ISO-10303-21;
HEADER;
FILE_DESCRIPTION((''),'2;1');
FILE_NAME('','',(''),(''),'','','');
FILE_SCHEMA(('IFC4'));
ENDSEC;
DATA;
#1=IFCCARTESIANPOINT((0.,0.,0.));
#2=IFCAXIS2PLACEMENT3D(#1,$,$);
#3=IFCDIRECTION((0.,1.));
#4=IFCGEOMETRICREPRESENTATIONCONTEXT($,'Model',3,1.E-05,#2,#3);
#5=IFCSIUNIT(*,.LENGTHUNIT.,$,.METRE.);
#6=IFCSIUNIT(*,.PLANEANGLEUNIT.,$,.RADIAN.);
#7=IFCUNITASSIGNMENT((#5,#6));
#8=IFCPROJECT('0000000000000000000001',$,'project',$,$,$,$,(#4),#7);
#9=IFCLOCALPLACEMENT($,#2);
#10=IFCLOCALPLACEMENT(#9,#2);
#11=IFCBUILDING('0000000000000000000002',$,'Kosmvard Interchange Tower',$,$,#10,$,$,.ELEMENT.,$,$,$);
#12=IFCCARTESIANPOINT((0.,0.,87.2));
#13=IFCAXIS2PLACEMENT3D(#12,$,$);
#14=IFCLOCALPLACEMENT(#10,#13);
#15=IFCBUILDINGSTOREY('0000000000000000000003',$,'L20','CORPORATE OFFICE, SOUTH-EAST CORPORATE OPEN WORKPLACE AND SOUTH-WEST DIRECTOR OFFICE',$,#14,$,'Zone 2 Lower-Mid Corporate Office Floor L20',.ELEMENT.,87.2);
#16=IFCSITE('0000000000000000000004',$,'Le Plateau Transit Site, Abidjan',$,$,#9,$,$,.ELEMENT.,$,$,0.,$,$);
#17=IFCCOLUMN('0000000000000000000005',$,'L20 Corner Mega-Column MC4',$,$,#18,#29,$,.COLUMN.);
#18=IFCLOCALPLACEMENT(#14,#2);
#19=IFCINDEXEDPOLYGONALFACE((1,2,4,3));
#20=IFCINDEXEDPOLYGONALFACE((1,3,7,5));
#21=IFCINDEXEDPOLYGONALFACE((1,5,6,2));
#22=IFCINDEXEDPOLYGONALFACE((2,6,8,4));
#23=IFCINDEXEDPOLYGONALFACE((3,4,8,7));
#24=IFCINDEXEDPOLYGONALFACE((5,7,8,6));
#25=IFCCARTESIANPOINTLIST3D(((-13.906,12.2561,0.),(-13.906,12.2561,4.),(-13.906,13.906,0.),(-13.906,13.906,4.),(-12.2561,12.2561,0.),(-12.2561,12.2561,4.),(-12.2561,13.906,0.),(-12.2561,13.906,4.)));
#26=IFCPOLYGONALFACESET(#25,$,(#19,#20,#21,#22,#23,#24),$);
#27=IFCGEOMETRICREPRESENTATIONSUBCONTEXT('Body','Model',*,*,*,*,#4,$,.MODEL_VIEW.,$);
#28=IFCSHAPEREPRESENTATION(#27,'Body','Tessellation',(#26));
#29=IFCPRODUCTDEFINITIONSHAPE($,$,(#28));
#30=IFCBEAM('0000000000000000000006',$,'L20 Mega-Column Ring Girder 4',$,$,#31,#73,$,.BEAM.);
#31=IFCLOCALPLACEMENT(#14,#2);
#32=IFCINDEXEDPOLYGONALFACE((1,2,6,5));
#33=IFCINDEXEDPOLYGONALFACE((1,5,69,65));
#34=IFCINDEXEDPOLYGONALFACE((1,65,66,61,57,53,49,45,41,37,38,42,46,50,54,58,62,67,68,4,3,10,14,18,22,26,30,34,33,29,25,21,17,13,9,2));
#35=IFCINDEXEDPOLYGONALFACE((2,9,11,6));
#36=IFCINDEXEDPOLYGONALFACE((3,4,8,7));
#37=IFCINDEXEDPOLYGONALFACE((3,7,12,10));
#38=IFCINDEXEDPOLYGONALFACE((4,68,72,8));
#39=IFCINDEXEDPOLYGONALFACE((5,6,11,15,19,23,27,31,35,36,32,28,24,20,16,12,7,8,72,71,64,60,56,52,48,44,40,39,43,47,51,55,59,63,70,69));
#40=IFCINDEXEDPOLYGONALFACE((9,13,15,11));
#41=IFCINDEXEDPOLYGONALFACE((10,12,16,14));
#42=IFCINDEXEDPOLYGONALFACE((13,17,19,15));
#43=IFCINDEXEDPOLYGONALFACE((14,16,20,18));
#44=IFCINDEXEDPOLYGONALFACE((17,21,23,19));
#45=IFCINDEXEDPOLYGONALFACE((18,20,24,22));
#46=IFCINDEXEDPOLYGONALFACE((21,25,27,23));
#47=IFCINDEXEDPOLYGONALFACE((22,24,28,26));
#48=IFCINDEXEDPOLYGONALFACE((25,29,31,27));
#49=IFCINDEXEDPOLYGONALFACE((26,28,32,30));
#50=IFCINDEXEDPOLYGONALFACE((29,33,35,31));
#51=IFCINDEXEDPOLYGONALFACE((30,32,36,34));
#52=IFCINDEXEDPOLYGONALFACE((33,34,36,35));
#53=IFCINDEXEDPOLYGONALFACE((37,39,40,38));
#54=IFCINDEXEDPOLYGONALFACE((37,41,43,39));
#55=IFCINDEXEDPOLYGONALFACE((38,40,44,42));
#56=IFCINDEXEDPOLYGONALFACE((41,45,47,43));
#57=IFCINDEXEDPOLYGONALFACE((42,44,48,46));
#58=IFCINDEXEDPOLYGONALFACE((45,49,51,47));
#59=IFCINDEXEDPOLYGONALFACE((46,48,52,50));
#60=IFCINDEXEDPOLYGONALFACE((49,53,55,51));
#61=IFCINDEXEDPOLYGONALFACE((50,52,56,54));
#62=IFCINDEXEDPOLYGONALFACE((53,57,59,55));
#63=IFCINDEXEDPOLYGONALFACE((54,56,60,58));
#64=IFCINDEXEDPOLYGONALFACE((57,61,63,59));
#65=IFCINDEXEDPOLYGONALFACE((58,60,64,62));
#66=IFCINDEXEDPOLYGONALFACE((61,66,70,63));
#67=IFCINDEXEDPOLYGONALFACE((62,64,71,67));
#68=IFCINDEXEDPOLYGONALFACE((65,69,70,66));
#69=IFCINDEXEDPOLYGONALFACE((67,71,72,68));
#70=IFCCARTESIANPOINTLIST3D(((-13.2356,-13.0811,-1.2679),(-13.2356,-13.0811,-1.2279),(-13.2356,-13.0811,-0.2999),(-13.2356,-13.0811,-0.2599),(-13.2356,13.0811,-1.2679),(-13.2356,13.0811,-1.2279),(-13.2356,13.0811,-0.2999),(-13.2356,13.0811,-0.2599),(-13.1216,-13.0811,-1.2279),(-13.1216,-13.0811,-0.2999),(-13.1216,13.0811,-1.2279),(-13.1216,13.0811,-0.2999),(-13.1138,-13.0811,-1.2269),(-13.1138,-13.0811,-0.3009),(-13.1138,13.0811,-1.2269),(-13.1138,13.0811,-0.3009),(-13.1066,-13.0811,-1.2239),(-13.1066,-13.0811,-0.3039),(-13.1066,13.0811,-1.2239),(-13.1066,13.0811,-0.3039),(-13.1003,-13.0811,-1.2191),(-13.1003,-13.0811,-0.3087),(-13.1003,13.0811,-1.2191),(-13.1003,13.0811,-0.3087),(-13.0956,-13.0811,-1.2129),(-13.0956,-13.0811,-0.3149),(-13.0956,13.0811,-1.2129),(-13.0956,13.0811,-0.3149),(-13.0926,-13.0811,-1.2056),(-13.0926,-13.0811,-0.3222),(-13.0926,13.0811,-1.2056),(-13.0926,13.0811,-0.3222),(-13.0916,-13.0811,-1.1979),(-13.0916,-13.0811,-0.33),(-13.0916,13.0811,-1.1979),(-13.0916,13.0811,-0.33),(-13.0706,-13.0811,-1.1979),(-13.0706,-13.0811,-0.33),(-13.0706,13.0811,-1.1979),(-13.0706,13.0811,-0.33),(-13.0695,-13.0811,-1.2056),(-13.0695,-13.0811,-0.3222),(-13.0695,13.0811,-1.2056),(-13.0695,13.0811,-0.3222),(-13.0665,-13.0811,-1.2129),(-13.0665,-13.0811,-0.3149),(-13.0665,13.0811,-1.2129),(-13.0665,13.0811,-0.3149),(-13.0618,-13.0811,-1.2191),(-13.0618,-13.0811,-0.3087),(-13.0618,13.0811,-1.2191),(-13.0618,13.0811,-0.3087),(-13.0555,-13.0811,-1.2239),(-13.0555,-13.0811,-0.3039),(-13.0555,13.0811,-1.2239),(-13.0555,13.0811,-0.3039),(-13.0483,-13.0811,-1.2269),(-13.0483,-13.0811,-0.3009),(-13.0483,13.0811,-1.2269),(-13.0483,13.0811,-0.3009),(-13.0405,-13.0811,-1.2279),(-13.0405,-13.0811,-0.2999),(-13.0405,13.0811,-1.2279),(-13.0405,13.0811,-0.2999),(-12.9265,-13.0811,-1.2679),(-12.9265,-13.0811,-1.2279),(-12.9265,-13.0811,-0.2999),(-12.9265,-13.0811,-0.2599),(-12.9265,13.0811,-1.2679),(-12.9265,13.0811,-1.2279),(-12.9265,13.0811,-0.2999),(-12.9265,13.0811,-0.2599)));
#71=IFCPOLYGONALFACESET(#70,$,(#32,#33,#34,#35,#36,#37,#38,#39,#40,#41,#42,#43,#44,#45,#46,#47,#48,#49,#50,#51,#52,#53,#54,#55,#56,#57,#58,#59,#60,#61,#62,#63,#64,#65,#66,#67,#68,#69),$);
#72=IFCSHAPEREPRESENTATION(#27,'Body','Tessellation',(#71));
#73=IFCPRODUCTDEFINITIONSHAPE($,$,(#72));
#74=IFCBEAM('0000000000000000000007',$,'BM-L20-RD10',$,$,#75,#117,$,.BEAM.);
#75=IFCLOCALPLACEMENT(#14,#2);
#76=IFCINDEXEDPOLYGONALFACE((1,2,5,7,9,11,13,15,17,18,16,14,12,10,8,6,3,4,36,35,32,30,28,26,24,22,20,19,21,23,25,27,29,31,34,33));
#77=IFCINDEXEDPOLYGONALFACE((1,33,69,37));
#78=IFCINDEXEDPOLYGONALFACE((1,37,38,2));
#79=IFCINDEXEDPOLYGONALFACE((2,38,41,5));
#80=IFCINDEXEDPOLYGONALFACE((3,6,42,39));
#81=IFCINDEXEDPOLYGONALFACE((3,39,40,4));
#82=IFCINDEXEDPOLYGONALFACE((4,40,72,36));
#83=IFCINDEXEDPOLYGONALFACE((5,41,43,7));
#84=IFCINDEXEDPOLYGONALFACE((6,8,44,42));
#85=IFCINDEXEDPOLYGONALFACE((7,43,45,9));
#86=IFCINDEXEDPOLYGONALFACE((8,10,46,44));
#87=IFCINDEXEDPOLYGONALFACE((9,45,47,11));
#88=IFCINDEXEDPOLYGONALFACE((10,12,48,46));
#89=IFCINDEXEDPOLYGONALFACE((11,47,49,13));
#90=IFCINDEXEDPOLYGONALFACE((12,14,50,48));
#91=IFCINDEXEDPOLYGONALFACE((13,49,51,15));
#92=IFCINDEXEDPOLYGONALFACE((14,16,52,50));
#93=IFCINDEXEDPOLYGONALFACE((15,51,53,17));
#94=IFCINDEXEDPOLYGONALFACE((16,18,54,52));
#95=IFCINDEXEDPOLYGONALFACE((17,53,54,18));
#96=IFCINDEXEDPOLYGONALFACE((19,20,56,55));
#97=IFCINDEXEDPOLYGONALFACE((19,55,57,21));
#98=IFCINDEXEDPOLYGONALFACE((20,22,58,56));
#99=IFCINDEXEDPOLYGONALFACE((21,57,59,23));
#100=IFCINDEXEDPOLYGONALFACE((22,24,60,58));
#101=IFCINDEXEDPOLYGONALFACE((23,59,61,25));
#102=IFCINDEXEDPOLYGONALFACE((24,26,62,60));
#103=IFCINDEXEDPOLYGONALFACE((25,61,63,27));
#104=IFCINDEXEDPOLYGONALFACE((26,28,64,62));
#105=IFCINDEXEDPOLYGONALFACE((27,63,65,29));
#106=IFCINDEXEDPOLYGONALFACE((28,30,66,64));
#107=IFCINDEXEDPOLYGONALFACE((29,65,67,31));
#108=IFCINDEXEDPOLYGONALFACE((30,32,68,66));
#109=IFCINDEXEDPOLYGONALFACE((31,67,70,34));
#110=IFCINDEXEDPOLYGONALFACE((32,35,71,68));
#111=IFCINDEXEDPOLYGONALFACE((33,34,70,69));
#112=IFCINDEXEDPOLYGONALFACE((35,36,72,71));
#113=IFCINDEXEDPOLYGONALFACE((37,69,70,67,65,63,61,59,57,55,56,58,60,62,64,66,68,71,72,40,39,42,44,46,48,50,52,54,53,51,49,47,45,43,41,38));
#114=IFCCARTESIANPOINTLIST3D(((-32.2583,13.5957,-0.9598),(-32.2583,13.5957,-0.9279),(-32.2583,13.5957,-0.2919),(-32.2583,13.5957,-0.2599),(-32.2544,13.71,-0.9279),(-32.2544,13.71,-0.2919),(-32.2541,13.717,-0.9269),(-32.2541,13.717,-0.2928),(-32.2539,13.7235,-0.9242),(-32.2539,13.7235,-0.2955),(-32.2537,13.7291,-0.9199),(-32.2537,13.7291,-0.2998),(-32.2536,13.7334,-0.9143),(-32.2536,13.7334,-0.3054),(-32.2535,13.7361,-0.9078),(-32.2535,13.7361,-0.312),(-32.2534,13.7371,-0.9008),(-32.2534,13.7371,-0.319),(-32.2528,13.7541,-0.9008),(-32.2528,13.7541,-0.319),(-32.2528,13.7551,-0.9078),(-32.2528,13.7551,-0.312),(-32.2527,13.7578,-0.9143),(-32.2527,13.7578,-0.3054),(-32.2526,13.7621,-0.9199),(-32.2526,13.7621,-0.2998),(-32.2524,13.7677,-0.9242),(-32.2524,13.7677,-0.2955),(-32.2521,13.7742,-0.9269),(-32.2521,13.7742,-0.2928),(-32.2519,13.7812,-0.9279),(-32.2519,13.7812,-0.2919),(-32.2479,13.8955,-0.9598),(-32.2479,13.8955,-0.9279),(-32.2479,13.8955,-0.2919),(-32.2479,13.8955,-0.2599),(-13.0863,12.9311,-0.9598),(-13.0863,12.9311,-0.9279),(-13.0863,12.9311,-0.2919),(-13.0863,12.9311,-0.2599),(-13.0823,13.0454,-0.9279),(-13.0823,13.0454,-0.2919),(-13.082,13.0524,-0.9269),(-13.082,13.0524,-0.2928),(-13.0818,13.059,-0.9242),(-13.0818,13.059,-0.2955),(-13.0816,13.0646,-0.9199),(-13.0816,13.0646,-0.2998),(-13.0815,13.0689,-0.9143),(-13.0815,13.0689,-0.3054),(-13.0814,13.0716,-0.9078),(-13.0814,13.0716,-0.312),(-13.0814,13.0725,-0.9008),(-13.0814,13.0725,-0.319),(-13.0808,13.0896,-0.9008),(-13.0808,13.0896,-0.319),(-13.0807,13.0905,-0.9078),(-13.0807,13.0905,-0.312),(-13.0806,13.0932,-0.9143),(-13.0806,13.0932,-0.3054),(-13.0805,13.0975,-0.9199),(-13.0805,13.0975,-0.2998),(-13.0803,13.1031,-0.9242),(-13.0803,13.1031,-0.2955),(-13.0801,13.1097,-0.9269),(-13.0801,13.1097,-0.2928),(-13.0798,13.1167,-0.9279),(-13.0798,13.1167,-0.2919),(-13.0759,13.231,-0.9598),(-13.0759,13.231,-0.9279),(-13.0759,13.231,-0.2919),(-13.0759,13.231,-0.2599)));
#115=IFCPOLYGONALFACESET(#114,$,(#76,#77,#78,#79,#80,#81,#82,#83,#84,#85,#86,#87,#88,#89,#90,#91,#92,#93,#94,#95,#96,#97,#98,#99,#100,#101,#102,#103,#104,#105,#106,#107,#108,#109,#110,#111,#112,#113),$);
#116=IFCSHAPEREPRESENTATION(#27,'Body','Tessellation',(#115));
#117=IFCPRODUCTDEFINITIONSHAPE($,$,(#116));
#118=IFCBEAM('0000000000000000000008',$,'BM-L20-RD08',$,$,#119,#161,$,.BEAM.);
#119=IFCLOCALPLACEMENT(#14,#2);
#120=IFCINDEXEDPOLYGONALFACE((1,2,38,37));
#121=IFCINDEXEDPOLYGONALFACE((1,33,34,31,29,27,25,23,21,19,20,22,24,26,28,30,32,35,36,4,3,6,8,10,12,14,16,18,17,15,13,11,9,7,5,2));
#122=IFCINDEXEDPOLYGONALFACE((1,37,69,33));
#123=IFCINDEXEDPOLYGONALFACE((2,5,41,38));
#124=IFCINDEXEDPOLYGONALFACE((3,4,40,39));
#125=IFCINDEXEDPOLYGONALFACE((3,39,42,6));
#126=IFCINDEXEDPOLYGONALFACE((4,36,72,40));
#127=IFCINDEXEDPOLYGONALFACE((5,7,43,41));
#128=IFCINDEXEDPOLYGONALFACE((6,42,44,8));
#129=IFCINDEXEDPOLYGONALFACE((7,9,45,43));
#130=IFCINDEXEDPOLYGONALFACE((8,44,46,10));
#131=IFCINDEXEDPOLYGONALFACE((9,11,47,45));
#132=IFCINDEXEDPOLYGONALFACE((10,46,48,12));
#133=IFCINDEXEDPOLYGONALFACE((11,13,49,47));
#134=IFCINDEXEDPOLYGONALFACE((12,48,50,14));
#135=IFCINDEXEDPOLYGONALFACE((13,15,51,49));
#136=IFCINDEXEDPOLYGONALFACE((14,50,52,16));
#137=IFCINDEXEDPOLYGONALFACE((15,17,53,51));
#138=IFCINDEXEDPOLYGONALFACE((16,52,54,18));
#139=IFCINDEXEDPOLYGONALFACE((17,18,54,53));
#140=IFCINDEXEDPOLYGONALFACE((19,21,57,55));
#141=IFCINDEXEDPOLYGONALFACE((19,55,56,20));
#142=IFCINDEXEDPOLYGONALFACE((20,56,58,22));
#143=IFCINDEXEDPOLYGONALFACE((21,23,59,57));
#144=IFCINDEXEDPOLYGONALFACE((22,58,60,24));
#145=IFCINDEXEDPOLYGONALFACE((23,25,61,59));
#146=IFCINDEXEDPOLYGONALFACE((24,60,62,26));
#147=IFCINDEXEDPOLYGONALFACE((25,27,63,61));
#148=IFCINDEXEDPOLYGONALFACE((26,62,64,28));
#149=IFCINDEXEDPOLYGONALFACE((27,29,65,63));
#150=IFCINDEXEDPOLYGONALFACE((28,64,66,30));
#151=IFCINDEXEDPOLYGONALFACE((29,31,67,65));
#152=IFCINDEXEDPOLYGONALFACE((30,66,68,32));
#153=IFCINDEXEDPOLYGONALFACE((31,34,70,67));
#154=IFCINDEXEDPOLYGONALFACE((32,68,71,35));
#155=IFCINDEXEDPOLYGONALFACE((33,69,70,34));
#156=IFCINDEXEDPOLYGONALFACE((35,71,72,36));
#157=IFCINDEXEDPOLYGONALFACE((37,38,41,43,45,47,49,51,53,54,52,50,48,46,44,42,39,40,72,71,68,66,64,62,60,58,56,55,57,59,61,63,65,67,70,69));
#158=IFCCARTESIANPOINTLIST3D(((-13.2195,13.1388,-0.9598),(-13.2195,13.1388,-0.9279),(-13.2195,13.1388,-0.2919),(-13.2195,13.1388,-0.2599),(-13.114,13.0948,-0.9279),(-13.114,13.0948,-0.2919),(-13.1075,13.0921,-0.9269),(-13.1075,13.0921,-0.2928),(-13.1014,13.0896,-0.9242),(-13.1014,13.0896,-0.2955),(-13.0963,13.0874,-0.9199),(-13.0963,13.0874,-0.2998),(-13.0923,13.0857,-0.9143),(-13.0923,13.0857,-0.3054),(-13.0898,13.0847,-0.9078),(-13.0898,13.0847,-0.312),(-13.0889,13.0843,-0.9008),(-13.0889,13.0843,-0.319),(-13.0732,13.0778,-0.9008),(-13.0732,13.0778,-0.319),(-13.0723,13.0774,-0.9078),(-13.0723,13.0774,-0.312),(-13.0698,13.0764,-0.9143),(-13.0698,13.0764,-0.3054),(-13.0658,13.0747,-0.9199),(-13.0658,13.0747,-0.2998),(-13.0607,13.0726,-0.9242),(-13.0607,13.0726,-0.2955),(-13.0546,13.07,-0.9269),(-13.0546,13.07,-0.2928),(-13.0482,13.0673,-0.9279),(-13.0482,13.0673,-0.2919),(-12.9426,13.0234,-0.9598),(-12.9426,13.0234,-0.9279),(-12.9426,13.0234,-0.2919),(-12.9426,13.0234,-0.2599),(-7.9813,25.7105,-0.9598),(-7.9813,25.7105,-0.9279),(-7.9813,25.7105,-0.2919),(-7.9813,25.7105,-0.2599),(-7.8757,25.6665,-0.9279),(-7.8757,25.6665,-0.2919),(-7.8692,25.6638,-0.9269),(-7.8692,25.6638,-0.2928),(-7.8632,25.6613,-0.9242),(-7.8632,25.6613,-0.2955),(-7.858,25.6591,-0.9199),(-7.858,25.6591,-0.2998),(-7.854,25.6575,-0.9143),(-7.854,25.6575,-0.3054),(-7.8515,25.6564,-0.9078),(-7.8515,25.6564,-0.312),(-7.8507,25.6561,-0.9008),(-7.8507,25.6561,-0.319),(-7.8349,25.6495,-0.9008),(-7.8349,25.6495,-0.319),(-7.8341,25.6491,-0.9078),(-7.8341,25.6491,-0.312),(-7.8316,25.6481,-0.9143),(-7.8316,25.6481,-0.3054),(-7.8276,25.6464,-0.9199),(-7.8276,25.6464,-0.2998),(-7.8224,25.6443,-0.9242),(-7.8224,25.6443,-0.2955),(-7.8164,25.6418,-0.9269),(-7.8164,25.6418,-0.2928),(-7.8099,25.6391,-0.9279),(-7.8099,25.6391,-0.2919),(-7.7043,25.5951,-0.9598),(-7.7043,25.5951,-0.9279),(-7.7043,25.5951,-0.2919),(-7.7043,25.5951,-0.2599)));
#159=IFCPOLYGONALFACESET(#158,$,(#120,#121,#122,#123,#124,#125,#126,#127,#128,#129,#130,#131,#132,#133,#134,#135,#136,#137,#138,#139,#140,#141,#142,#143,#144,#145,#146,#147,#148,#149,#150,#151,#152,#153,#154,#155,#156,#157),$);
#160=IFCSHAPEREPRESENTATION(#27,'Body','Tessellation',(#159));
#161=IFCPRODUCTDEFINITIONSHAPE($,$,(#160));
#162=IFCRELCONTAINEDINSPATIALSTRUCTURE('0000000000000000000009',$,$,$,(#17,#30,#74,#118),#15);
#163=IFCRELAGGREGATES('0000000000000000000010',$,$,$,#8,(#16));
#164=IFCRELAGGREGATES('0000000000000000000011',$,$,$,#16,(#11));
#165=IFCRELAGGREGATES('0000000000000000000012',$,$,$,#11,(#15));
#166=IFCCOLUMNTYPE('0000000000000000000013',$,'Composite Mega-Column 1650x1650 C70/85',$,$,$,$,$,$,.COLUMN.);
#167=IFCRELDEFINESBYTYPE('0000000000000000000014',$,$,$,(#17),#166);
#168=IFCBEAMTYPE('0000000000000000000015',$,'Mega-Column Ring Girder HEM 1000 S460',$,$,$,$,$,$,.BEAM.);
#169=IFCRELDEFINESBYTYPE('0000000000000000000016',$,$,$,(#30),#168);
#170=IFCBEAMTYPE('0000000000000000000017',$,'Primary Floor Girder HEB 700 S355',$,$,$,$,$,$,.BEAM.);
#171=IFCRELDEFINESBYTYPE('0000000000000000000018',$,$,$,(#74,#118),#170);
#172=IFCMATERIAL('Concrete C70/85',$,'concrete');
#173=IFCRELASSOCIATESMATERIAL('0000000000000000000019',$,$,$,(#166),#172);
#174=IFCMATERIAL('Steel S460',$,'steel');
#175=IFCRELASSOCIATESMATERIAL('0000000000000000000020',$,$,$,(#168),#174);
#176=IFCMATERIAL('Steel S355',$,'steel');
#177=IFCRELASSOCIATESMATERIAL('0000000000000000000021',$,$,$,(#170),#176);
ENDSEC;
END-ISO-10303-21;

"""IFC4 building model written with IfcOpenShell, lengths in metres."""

from ifc_helpers import new_model, si_unit, direction, frame, origin, origin_2d, place, context, subcontext, project, spatial, rectangle, i_section, extrude, source, transform, mapped, material, material_profile, profile_set, type_object, element, save


model = new_model("IFC4")

# Units and contexts
model_context = context("Model", 3, precision=1e-05, world=origin(), true_north=direction((0.0, 1.0)))
body_context = subcontext(model_context, "Body", "Model", "MODEL_VIEW")
ifc_project = project(units=[si_unit("LENGTHUNIT", "METRE"), si_unit("PLANEANGLEUNIT", "RADIAN")], contexts=[model_context])

# Site, building, storey
site_placement = place(None, origin())
site = spatial("IfcSite", under=ifc_project, at=site_placement, Name="Le Plateau Transit Site, Abidjan", CompositionType="ELEMENT", RefElevation=0.0)
building_placement = place(site_placement, origin())
building = spatial("IfcBuilding", under=site, at=building_placement, Name="Kosmvard Interchange Tower", CompositionType="ELEMENT")
storey_placement = place(building_placement, frame((0.0, 0.0, 87.2)))
storey = spatial("IfcBuildingStorey", under=building, at=storey_placement, Name="L20", Description="CORPORATE OFFICE, SOUTH-EAST CORPORATE OPEN WORKPLACE AND SOUTH-WEST DIRECTOR OFFICE", LongName="Zone 2 Lower-Mid Corporate Office Floor L20", CompositionType="ELEMENT", Elevation=87.2)

# Column
ifc_material_1 = material(Name="Concrete C70/85", Category="concrete")
ifc_material_profile_1 = material_profile(ifc_material_1, rectangle(XDim=1.6499, YDim=1.6499, at=origin_2d()), Name="MC 1650x1650")
ifc_profile_set_1 = profile_set([ifc_material_profile_1], Name="Concrete C70/85")
column_type = type_object("IfcColumnType", Name="Composite Mega-Column 1650x1650 C70/85", PredefinedType="COLUMN", material=ifc_profile_set_1)
shared_shape_1 = source(origin(), body_context, "Body", "SweptSolid", [
    extrude(rectangle(XDim=1.6499, YDim=1.6499, at=origin_2d()), origin(), (0.0, 0.0, 1.0), 4.0),
])
column_placement = place(storey_placement, frame((-13.0811, 13.0811, 0.0), z_axis=(0.0, 0.0, 1.0), x_axis=(1.0, 0.0, 0.0)))
element("IfcColumn", 1, at=column_placement, inside=storey, type_object=column_type, Name="L20 Corner Mega-Column MC4", PredefinedType="COLUMN", context=body_context, shape_type="MappedRepresentation", body=[
    mapped(shared_shape_1, transform((0.0, 0.0, 0.0), scale=1.0)),
])

# Beams
ifc_material_2 = material(Name="Steel S460", Category="steel")
ifc_material_profile_2 = material_profile(ifc_material_2, i_section(OverallWidth=0.3091, OverallDepth=1.0081, WebThickness=0.021, FlangeThickness=0.04, FilletRadius=0.03, at=origin_2d()), Name="HEM 1000")
ifc_profile_set_2 = profile_set([ifc_material_profile_2], Name="Steel S460")
beam_type_1 = type_object("IfcBeamType", Name="Mega-Column Ring Girder HEM 1000 S460", PredefinedType="BEAM", material=ifc_profile_set_2)
shared_shape_2 = source(origin(), body_context, "Body", "SweptSolid", [
    extrude(i_section(OverallWidth=0.3091, OverallDepth=1.0081, WebThickness=0.021, FlangeThickness=0.04, FilletRadius=0.03, at=origin_2d()), origin(), (0.0, 0.0, 1.0), 26.1621),
])
beam_1_placement = place(storey_placement, frame((-13.0811, 13.0811, -0.7639), z_axis=(0.0, -1.0, 0.0), x_axis=(1.0, 0.0, 0.0)))
element("IfcBeam", 2, at=beam_1_placement, inside=storey, type_object=beam_type_1, Name="L20 Mega-Column Ring Girder 4", PredefinedType="BEAM", context=body_context, shape_type="MappedRepresentation", body=[
    mapped(shared_shape_2, transform((0.0, 0.0, 0.0), scale=1.0)),
])
ifc_material_3 = material(Name="Steel S355", Category="steel")
ifc_material_profile_3 = material_profile(ifc_material_3, i_section(OverallWidth=0.3, OverallDepth=0.7, WebThickness=0.0171, FlangeThickness=0.032, FilletRadius=0.0271, at=origin_2d()), Name="HEB 700")
ifc_profile_set_3 = profile_set([ifc_material_profile_3], Name="Steel S355")
beam_type_2 = type_object("IfcBeamType", Name="Primary Floor Girder HEB 700 S355", PredefinedType="BEAM", material=ifc_profile_set_3)
shared_shape_3 = source(origin(), body_context, "Body", "SweptSolid", [
    extrude(i_section(OverallWidth=0.3, OverallDepth=0.7, WebThickness=0.0171, FlangeThickness=0.032, FilletRadius=0.0271, at=origin_2d()), origin(), (0.0, 0.0, 1.0), 19.1836),
])
beam_2_placement = place(storey_placement, frame((-13.0811, 13.0811, -0.6099), z_axis=(-0.9994, 0.034642, 0.0), x_axis=(-0.034642, -0.9994, 0.0)))
element("IfcBeam", 3, at=beam_2_placement, inside=storey, type_object=beam_type_2, Name="BM-L20-RD10", PredefinedType="BEAM", context=body_context, shape_type="MappedRepresentation", body=[
    mapped(shared_shape_3, transform((0.0, 0.0, 0.0), scale=1.0)),
])
shared_shape_4 = source(origin(), body_context, "Body", "SweptSolid", [
    extrude(i_section(OverallWidth=0.3, OverallDepth=0.7, WebThickness=0.0171, FlangeThickness=0.032, FilletRadius=0.0271, at=origin_2d()), origin(), (0.0, 0.0, 1.0), 13.6194),
])
beam_3_placement = place(storey_placement, frame((-13.0811, 13.0811, -0.6099), z_axis=(0.384618, 0.923076, 0.0), x_axis=(-0.923076, 0.384618, 0.0)))
element("IfcBeam", 4, at=beam_3_placement, inside=storey, type_object=beam_type_2, Name="BM-L20-RD08", PredefinedType="BEAM", context=body_context, shape_type="MappedRepresentation", body=[
    mapped(shared_shape_4, transform((0.0, 0.0, 0.0), scale=1.0)),
])

save(model, "model.ifc")
